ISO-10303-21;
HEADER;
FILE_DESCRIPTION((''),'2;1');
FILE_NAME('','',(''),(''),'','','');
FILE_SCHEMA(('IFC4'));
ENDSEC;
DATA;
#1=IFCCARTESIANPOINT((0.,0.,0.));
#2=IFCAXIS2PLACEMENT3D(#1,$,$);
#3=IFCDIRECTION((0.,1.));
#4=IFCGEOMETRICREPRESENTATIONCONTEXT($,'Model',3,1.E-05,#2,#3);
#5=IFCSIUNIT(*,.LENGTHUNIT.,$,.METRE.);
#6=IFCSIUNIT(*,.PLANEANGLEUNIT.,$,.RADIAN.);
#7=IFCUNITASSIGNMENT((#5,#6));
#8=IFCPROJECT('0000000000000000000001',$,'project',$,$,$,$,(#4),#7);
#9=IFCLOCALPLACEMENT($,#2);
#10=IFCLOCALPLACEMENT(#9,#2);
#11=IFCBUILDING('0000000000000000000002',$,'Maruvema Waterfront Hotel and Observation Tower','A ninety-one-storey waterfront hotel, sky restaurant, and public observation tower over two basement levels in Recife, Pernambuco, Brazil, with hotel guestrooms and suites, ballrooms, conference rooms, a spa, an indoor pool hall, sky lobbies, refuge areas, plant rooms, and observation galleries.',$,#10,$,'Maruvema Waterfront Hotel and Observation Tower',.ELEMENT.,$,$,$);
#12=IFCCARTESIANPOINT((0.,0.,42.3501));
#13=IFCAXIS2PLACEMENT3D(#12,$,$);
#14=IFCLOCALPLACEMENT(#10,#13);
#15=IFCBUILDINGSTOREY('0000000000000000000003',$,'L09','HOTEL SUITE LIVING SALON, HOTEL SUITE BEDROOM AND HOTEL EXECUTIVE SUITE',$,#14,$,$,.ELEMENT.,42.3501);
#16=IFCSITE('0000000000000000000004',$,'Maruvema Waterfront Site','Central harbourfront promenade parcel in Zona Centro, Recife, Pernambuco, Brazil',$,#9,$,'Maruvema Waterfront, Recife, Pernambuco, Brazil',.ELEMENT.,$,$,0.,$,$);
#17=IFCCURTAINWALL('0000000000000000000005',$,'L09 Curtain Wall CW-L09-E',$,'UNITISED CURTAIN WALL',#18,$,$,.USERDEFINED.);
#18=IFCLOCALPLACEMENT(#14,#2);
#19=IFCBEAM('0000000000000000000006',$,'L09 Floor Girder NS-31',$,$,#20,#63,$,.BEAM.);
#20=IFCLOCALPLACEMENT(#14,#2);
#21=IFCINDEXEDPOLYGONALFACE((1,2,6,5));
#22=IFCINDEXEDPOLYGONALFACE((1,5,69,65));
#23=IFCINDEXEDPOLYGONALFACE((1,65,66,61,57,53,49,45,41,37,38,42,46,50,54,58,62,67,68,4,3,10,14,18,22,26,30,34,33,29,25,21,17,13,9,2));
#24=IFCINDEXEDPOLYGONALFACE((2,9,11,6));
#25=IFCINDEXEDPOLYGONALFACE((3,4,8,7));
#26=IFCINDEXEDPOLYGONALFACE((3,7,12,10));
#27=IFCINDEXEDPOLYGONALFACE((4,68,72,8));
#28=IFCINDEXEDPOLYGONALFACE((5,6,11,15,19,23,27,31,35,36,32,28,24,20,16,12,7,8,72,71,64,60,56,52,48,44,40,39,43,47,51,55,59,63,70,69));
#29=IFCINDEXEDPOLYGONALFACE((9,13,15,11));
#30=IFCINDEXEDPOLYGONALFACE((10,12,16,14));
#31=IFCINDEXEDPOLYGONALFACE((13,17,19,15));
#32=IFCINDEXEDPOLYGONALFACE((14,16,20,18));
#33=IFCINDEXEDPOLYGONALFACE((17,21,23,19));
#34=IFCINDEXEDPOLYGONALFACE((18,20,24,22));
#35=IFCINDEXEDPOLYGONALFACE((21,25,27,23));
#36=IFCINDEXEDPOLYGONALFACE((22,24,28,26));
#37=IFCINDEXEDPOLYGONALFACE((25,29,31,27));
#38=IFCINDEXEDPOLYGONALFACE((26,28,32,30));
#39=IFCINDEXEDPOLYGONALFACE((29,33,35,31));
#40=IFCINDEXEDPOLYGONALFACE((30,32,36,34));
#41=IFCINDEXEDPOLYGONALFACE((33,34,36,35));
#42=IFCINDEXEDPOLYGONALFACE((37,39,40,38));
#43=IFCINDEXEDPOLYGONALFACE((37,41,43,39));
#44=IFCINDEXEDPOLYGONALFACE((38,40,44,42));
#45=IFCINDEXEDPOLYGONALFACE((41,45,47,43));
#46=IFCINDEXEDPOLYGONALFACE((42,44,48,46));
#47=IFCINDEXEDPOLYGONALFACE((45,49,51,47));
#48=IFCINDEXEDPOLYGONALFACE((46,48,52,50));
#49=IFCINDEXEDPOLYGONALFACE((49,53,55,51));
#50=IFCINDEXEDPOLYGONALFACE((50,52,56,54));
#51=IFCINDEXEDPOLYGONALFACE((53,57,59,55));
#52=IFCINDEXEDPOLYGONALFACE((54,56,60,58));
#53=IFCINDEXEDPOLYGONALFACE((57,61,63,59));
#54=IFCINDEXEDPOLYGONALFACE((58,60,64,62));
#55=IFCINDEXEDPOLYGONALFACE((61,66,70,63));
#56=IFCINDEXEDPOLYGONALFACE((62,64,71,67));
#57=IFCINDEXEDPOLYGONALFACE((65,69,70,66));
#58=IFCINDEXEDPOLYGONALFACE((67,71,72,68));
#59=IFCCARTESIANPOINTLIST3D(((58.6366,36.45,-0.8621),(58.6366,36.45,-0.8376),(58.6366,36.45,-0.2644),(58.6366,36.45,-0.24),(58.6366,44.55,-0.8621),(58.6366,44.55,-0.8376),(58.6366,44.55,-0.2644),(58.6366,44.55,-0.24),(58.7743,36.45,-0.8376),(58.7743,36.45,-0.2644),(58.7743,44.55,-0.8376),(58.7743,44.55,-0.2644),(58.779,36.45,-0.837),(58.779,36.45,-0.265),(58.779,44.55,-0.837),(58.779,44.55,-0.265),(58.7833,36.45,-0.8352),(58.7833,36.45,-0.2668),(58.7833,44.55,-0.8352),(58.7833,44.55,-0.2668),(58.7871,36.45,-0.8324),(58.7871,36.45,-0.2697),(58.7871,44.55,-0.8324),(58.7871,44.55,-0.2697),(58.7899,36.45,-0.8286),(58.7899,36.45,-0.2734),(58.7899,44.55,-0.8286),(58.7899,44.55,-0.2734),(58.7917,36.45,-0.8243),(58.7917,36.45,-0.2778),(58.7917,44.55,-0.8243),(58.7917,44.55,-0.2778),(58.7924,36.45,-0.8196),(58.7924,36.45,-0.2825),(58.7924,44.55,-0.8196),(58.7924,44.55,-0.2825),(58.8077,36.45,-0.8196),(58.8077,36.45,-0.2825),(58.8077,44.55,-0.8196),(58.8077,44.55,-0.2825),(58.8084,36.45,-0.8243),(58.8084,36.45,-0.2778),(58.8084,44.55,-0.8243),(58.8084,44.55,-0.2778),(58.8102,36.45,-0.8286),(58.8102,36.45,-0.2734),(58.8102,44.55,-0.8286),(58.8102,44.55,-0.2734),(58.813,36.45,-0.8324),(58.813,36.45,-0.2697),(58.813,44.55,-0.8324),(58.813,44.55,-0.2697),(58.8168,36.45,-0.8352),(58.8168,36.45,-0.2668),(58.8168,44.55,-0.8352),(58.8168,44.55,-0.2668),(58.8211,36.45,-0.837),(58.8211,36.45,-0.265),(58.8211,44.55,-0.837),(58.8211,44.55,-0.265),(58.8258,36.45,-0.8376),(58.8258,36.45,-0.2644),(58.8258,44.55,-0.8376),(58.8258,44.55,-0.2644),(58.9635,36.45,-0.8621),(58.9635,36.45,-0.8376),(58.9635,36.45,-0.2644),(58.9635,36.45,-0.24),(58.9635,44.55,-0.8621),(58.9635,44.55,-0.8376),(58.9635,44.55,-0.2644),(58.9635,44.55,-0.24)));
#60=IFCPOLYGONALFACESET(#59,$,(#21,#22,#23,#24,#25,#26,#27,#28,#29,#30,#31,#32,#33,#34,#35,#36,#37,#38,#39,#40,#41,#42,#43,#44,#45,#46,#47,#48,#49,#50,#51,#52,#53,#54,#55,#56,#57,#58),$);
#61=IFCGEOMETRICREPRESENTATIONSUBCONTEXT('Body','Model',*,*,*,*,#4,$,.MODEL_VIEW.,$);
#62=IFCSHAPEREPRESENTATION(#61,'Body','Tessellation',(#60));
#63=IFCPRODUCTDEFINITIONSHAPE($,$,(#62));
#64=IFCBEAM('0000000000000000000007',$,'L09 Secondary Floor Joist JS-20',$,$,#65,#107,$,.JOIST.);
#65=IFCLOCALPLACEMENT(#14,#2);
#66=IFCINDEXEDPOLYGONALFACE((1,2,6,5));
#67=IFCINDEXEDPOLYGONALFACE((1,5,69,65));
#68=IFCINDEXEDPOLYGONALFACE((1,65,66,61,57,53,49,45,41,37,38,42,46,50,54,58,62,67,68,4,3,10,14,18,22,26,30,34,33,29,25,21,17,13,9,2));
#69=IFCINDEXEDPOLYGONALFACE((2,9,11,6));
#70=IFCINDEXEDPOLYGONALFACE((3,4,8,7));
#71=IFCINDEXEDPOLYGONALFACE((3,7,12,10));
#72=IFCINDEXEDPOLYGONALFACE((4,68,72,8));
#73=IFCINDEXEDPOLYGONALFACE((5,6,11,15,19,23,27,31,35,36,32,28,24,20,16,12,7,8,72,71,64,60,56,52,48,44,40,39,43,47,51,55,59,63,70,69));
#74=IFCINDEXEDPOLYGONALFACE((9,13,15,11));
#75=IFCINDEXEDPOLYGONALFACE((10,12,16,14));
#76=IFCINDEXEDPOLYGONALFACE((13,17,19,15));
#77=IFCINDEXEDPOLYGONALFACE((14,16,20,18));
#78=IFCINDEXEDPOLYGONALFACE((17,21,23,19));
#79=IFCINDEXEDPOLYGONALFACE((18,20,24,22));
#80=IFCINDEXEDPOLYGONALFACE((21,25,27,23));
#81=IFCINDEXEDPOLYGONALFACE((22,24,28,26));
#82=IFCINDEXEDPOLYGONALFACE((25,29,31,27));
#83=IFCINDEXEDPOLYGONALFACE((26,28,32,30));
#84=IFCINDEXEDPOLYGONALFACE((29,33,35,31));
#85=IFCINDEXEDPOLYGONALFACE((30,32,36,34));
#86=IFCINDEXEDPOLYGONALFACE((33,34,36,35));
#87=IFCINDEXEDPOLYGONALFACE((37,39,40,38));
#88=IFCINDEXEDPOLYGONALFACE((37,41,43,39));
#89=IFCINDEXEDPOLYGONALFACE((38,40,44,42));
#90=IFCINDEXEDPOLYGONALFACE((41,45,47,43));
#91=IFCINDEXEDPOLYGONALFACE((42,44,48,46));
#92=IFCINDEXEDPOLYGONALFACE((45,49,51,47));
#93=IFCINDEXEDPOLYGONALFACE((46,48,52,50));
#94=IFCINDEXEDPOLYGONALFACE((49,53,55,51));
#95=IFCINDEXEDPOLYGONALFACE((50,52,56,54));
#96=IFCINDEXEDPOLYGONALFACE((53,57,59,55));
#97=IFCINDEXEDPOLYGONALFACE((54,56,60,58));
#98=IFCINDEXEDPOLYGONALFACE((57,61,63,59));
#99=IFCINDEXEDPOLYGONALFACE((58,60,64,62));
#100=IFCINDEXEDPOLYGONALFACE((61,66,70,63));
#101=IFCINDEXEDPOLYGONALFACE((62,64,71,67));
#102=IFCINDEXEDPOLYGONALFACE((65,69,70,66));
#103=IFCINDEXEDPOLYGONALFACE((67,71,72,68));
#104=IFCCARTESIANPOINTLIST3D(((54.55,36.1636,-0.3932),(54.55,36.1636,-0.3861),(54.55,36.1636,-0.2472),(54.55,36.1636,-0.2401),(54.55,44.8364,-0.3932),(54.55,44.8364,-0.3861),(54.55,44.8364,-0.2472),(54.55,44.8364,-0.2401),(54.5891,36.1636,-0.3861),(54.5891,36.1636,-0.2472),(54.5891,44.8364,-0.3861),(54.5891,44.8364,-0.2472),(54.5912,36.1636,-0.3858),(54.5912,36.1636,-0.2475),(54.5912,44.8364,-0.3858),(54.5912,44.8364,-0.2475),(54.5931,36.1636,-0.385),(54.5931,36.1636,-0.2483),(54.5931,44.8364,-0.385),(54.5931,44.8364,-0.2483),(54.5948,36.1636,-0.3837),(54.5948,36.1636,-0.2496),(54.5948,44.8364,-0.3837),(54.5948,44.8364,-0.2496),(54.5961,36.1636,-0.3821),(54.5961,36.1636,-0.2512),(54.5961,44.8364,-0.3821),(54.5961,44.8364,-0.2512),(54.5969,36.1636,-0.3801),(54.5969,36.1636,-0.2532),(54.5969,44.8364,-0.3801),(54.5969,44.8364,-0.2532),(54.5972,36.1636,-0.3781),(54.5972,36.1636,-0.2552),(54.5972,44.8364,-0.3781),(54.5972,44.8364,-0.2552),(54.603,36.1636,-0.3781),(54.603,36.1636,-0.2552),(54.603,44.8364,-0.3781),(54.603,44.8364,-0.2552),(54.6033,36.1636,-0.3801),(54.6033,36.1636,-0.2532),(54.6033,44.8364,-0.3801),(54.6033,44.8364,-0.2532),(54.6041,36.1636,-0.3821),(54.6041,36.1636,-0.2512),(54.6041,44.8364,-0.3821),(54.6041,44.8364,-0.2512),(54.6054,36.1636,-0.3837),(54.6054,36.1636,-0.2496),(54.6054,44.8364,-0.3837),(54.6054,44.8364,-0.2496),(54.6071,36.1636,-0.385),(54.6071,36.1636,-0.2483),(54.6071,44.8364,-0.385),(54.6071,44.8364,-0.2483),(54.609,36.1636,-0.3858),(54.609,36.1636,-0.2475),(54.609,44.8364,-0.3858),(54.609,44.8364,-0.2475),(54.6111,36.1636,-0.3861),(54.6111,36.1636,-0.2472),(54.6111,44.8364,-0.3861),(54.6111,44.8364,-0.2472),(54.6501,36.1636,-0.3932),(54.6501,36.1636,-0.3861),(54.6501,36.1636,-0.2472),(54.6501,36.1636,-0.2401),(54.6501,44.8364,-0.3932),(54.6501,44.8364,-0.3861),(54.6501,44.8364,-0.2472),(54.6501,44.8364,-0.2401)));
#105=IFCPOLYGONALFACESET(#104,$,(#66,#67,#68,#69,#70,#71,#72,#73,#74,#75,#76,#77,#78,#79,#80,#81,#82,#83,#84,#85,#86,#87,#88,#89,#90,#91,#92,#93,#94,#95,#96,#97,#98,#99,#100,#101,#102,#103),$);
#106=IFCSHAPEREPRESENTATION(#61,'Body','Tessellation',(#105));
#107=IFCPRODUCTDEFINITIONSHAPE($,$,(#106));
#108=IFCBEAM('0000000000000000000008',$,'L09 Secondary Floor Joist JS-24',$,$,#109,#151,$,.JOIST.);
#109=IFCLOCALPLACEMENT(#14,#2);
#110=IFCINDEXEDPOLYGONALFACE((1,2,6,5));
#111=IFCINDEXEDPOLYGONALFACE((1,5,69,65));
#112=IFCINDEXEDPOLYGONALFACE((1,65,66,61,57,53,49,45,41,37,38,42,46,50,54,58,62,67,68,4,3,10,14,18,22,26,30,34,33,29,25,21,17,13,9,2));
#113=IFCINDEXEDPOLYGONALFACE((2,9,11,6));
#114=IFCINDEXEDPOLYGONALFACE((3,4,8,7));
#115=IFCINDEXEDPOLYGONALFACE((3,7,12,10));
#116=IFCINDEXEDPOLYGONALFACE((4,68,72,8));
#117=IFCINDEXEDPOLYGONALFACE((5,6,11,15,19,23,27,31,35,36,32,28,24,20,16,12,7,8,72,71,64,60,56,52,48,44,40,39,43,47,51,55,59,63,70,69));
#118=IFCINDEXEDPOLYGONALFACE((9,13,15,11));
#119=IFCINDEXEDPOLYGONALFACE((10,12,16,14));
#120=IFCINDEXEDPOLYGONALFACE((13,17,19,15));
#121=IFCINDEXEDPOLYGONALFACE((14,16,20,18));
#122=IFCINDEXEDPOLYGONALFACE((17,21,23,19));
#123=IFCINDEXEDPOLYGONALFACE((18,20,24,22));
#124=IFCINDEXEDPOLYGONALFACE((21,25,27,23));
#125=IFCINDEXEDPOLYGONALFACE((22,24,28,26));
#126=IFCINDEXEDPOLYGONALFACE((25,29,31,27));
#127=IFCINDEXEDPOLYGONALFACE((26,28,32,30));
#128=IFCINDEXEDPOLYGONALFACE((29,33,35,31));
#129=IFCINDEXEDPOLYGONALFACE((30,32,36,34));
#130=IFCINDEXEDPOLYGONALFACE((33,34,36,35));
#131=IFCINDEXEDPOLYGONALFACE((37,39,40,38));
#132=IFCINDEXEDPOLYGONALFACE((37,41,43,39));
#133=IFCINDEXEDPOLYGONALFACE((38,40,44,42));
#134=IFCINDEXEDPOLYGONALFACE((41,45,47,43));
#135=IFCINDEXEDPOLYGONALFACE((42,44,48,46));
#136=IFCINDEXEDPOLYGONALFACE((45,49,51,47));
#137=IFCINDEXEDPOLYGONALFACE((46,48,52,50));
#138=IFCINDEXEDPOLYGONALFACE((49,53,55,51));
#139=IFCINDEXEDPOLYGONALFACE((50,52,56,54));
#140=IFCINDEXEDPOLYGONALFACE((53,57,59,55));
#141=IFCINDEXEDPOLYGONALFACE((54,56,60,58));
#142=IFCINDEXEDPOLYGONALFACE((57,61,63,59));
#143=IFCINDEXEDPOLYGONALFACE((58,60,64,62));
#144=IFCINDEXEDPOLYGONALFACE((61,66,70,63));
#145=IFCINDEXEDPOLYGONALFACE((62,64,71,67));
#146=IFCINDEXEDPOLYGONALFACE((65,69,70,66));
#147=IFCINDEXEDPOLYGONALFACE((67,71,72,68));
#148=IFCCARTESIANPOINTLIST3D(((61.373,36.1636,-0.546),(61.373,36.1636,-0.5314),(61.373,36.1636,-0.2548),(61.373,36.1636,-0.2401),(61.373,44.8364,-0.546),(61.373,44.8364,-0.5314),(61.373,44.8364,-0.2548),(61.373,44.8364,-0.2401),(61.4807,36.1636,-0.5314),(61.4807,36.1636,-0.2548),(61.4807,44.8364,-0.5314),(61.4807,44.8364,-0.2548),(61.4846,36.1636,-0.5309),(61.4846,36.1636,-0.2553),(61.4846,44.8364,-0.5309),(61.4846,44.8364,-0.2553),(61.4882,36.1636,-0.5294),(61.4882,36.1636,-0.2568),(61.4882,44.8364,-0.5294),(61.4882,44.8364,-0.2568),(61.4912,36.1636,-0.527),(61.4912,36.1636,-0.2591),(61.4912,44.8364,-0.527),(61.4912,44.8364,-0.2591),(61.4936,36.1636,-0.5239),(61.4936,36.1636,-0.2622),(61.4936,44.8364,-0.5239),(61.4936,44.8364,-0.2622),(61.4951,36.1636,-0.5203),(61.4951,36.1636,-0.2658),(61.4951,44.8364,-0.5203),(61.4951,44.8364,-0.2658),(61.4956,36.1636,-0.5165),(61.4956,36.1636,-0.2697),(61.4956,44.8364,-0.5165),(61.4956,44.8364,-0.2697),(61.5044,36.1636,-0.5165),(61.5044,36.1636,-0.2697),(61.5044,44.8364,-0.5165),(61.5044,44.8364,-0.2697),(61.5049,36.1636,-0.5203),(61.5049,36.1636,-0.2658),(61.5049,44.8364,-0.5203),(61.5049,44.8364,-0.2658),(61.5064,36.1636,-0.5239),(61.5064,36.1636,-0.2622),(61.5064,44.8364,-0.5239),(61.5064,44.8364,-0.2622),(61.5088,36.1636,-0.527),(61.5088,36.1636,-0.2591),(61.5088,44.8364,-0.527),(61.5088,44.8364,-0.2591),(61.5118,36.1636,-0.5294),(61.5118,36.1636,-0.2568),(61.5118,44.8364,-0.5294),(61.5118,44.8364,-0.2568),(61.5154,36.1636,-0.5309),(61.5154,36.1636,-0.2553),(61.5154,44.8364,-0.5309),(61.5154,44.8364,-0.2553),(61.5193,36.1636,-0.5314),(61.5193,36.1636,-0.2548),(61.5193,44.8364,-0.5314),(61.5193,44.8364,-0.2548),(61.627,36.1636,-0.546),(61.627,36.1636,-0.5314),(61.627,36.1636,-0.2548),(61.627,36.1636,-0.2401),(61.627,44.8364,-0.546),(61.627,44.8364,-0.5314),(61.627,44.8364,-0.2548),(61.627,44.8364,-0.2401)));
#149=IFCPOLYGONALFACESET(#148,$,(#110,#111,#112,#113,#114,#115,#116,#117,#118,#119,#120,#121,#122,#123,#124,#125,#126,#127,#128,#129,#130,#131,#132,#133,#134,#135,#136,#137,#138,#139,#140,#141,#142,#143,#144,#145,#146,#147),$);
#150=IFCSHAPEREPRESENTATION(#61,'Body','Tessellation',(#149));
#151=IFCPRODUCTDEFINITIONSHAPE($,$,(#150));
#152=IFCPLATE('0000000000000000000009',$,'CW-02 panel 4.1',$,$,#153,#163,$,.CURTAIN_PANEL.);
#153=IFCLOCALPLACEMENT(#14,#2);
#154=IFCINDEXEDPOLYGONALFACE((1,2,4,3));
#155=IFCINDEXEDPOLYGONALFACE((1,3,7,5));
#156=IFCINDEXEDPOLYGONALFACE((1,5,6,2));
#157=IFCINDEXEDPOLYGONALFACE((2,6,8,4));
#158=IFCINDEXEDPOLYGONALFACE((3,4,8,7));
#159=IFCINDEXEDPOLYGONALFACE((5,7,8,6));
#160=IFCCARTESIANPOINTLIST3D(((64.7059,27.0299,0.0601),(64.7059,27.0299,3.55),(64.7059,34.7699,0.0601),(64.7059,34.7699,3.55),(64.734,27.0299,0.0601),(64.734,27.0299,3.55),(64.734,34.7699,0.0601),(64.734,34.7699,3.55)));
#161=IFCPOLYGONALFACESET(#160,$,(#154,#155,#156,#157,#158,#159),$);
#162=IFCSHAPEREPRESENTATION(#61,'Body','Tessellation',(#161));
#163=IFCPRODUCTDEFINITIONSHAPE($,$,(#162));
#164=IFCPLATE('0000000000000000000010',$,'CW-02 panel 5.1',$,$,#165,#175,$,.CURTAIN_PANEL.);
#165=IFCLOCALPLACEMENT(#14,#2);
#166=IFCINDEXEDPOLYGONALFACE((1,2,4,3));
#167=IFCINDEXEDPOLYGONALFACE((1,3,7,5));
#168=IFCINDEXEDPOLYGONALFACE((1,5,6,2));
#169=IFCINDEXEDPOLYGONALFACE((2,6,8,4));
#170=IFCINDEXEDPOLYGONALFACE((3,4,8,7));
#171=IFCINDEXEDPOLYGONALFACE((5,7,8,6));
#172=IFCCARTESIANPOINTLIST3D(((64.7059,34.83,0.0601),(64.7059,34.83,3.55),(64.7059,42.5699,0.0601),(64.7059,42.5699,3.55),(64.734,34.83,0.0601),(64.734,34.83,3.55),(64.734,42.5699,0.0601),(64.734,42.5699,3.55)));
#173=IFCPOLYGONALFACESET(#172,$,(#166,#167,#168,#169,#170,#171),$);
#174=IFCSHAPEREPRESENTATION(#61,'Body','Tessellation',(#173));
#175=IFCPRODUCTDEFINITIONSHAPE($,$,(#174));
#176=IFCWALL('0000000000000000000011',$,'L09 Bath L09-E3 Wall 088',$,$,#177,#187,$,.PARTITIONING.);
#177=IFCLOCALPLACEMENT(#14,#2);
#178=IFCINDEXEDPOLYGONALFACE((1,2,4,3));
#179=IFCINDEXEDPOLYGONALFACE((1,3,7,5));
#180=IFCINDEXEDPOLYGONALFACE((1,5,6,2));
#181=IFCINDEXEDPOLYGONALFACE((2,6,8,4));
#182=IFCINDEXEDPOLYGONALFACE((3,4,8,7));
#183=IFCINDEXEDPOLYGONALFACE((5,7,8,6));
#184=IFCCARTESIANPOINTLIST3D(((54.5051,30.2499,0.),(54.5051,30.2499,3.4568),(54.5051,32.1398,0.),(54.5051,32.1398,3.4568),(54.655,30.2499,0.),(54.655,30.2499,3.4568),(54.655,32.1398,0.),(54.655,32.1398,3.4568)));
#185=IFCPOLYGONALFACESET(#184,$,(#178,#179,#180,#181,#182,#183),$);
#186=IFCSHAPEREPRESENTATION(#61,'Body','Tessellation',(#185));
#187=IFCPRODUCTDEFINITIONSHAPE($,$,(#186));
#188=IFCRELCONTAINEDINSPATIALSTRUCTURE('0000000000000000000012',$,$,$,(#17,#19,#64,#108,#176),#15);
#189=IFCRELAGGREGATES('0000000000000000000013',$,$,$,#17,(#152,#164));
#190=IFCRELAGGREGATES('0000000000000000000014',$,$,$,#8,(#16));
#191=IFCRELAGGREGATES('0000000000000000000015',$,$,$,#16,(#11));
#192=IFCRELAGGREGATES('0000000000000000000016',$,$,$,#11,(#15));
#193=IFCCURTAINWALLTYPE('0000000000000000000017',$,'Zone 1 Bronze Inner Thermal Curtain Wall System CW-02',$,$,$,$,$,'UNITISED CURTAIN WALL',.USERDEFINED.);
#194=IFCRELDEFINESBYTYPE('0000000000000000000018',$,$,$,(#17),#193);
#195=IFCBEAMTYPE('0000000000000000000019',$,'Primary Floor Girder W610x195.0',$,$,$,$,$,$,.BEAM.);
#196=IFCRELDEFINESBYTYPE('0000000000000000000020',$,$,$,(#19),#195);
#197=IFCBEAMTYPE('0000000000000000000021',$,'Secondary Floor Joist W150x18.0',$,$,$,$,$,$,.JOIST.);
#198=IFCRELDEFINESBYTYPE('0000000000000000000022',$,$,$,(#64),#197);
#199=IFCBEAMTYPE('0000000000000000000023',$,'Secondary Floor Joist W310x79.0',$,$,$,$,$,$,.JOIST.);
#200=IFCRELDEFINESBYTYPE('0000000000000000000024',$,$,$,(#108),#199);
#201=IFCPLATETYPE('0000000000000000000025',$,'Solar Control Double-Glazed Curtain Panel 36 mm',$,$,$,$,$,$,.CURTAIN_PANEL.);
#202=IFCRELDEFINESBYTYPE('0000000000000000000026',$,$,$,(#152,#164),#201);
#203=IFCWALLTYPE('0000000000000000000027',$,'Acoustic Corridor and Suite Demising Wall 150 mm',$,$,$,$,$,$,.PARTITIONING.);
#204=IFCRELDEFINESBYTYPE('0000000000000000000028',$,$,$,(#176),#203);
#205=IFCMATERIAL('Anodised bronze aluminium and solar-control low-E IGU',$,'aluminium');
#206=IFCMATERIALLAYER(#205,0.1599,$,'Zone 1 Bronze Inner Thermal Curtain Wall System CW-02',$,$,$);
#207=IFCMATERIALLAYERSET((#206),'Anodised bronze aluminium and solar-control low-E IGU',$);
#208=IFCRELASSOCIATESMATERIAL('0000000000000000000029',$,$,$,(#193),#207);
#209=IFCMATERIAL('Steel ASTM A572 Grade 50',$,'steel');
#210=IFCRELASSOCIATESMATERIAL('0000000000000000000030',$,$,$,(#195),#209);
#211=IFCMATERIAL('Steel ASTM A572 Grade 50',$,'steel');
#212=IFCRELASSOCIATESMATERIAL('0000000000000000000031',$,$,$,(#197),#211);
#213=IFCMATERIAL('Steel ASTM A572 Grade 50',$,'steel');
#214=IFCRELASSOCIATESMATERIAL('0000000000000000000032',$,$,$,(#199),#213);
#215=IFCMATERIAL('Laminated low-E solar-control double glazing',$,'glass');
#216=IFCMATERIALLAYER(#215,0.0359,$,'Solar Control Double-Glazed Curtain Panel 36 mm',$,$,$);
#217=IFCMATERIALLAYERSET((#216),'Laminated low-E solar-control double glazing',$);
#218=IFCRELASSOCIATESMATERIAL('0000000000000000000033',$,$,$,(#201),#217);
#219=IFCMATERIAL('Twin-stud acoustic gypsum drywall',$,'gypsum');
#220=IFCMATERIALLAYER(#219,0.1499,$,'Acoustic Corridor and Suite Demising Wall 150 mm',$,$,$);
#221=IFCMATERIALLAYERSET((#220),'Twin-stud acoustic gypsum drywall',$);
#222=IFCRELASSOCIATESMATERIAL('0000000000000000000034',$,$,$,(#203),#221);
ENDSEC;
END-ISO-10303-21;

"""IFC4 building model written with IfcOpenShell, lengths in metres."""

from ifc_helpers import new_model, si_unit, direction, frame, frame_2d, origin, origin_2d, place, context, subcontext, project, spatial, rectangle, i_section, extrude, material, layer, layer_set, material_profile, profile_set, type_object, element, aggregate, save


model = new_model("IFC4")

# Units and contexts
model_context = context("Model", 3, precision=1e-05, world=origin(), true_north=direction((0.0, 1.0)))
body_context = subcontext(model_context, "Body", "Model", "MODEL_VIEW")
ifc_project = project(units=[si_unit("LENGTHUNIT", "METRE"), si_unit("PLANEANGLEUNIT", "RADIAN")], contexts=[model_context])

# Site, building, storey
site_placement = place(None, origin())
site = spatial("IfcSite", under=ifc_project, at=site_placement, Name="Maruvema Waterfront Site", Description="Central harbourfront promenade parcel in Zona Centro, Recife, Pernambuco, Brazil", LongName="Maruvema Waterfront, Recife, Pernambuco, Brazil", CompositionType="ELEMENT", RefElevation=0.0)
building_placement = place(site_placement, origin())
building = spatial("IfcBuilding", under=site, at=building_placement, Name="Maruvema Waterfront Hotel and Observation Tower", Description="A ninety-one-storey waterfront hotel, sky restaurant, and public observation tower over two basement levels in Recife, Pernambuco, Brazil, with hotel guestrooms and suites, ballrooms, conference rooms, a spa, an indoor pool hall, sky lobbies, refuge areas, plant rooms, and observation galleries.", LongName="Maruvema Waterfront Hotel and Observation Tower", CompositionType="ELEMENT")
storey_placement = place(building_placement, frame((0.0, 0.0, 42.3501)))
storey = spatial("IfcBuildingStorey", under=building, at=storey_placement, Name="L09", Description="HOTEL SUITE LIVING SALON, HOTEL SUITE BEDROOM AND HOTEL EXECUTIVE SUITE", CompositionType="ELEMENT", Elevation=42.3501)

# Curtain wall
ifc_material_1 = material(Name="Anodised bronze aluminium and solar-control low-E IGU", Category="aluminium")
ifc_layer_1 = layer(ifc_material_1, 0.1599, Name="Zone 1 Bronze Inner Thermal Curtain Wall System CW-02")
ifc_layer_set_1 = layer_set([ifc_layer_1], Name="Anodised bronze aluminium and solar-control low-E IGU")
curtain_wall_type = type_object("IfcCurtainWallType", Name="Zone 1 Bronze Inner Thermal Curtain Wall System CW-02", ElementType="UNITISED CURTAIN WALL", PredefinedType="USERDEFINED", material=ifc_layer_set_1)
curtain_wall_placement = place(storey_placement, origin())
curtain_wall = element("IfcCurtainWall", 1, at=curtain_wall_placement, inside=storey, type_object=curtain_wall_type, Name="L09 Curtain Wall CW-L09-E", ObjectType="UNITISED CURTAIN WALL", PredefinedType="USERDEFINED")

# Beams
ifc_material_2 = material(Name="Steel ASTM A572 Grade 50", Category="steel")
ifc_material_profile_1 = material_profile(ifc_material_2, i_section(OverallWidth=0.3269, OverallDepth=0.6221, WebThickness=0.0154, FlangeThickness=0.0244, FilletRadius=0.0181, at=origin_2d()), Name="W610x195.0")
ifc_profile_set_1 = profile_set([ifc_material_profile_1], Name="Steel ASTM A572 Grade 50")
beam_type_1 = type_object("IfcBeamType", Name="Primary Floor Girder W610x195.0", PredefinedType="BEAM", material=ifc_profile_set_1)
beam_1_placement = place(storey_placement, frame((58.8, 36.45, -0.551), z_axis=(0.0, 1.0, 0.0), x_axis=(-1.0, 0.0, 0.0)))
element("IfcBeam", 2, at=beam_1_placement, inside=storey, type_object=beam_type_1, Name="L09 Floor Girder NS-31", PredefinedType="BEAM", context=body_context, shape_type="SweptSolid", body=[
    extrude(i_section(OverallWidth=0.3269, OverallDepth=0.6221, WebThickness=0.0154, FlangeThickness=0.0244, FilletRadius=0.0181, at=origin_2d()), origin(), (0.0, 0.0, 1.0), 8.1001),
])
ifc_material_3 = material(Name="Steel ASTM A572 Grade 50", Category="steel")
ifc_material_profile_2 = material_profile(ifc_material_3, i_section(OverallWidth=0.1001, OverallDepth=0.1531, WebThickness=0.0059, FlangeThickness=0.0071, FilletRadius=0.0081, at=origin_2d()), Name="W150x18.0")
ifc_profile_set_2 = profile_set([ifc_material_profile_2], Name="Steel ASTM A572 Grade 50")
beam_type_2 = type_object("IfcBeamType", Name="Secondary Floor Joist W150x18.0", PredefinedType="JOIST", material=ifc_profile_set_2)
beam_2_placement = place(storey_placement, frame((54.6001, 36.1636, -0.3167), z_axis=(0.0, 1.0, 0.0), x_axis=(-1.0, 0.0, 0.0)))
element("IfcBeam", 3, at=beam_2_placement, inside=storey, type_object=beam_type_2, Name="L09 Secondary Floor Joist JS-20", PredefinedType="JOIST", context=body_context, shape_type="SweptSolid", body=[
    extrude(i_section(OverallWidth=0.1001, OverallDepth=0.1531, WebThickness=0.0059, FlangeThickness=0.0071, FilletRadius=0.0081, at=origin_2d()), origin(), (0.0, 0.0, 1.0), 8.6729),
])
ifc_material_4 = material(Name="Steel ASTM A572 Grade 50", Category="steel")
ifc_material_profile_3 = material_profile(ifc_material_4, i_section(OverallWidth=0.2539, OverallDepth=0.3059, WebThickness=0.0088, FlangeThickness=0.0146, FilletRadius=0.0149, at=origin_2d()), Name="W310x79.0")
ifc_profile_set_3 = profile_set([ifc_material_profile_3], Name="Steel ASTM A572 Grade 50")
beam_type_3 = type_object("IfcBeamType", Name="Secondary Floor Joist W310x79.0", PredefinedType="JOIST", material=ifc_profile_set_3)
beam_3_placement = place(storey_placement, frame((61.5, 36.1636, -0.3931), z_axis=(0.0, 1.0, 0.0), x_axis=(-1.0, 0.0, 0.0)))
element("IfcBeam", 4, at=beam_3_placement, inside=storey, type_object=beam_type_3, Name="L09 Secondary Floor Joist JS-24", PredefinedType="JOIST", context=body_context, shape_type="SweptSolid", body=[
    extrude(i_section(OverallWidth=0.2539, OverallDepth=0.3059, WebThickness=0.0088, FlangeThickness=0.0146, FilletRadius=0.0149, at=origin_2d()), origin(), (0.0, 0.0, 1.0), 8.6729),
])

# Plates
ifc_material_5 = material(Name="Laminated low-E solar-control double glazing", Category="glass")
ifc_layer_2 = layer(ifc_material_5, 0.0359, Name="Solar Control Double-Glazed Curtain Panel 36 mm")
ifc_layer_set_2 = layer_set([ifc_layer_2], Name="Laminated low-E solar-control double glazing")
plate_type = type_object("IfcPlateType", Name="Solar Control Double-Glazed Curtain Panel 36 mm", PredefinedType="CURTAIN_PANEL", material=ifc_layer_set_2)
plate_1_placement = place(storey_placement, frame((64.72, 30.8999, 0.0601), z_axis=(0.0, 0.0, 1.0), x_axis=(0.0, 1.0, 0.0)))
plate_1 = element("IfcPlate", 5, at=plate_1_placement, type_object=plate_type, Name="CW-02 panel 4.1", PredefinedType="CURTAIN_PANEL", context=body_context, shape_type="SweptSolid", body=[
    extrude(rectangle(XDim=7.74, YDim=0.0281, at=origin_2d()), origin(), (0.0, 0.0, 1.0), 3.49),
])
plate_2_placement = place(storey_placement, frame((64.72, 38.7, 0.0601), z_axis=(0.0, 0.0, 1.0), x_axis=(0.0, 1.0, 0.0)))
plate_2 = element("IfcPlate", 6, at=plate_2_placement, type_object=plate_type, Name="CW-02 panel 5.1", PredefinedType="CURTAIN_PANEL", context=body_context, shape_type="SweptSolid", body=[
    extrude(rectangle(XDim=7.74, YDim=0.0281, at=origin_2d()), origin(), (0.0, 0.0, 1.0), 3.49),
])
aggregate(curtain_wall, [plate_1, plate_2])

# Wall
ifc_material_6 = material(Name="Twin-stud acoustic gypsum drywall", Category="gypsum")
ifc_layer_3 = layer(ifc_material_6, 0.1499, Name="Acoustic Corridor and Suite Demising Wall 150 mm")
ifc_layer_set_3 = layer_set([ifc_layer_3], Name="Twin-stud acoustic gypsum drywall")
wall_type_1 = type_object("IfcWallType", Name="Acoustic Corridor and Suite Demising Wall 150 mm", PredefinedType="PARTITIONING", material=ifc_layer_set_3)
wall_1_placement = place(storey_placement, frame((54.5801, 30.25, 0.0), z_axis=(0.0, 0.0, 1.0), x_axis=(0.0, 1.0, 0.0)))
element("IfcWall", 7, at=wall_1_placement, inside=storey, type_object=wall_type_1, Name="L09 Bath L09-E3 Wall 088", PredefinedType="PARTITIONING", context=body_context, shape_type="SweptSolid", body=[
    extrude(rectangle(XDim=1.8899, YDim=0.1499, at=frame_2d((0.9448, 0.0))), origin(), (0.0, 0.0, 1.0), 3.4568),
])

save(model, "model.ifc")
